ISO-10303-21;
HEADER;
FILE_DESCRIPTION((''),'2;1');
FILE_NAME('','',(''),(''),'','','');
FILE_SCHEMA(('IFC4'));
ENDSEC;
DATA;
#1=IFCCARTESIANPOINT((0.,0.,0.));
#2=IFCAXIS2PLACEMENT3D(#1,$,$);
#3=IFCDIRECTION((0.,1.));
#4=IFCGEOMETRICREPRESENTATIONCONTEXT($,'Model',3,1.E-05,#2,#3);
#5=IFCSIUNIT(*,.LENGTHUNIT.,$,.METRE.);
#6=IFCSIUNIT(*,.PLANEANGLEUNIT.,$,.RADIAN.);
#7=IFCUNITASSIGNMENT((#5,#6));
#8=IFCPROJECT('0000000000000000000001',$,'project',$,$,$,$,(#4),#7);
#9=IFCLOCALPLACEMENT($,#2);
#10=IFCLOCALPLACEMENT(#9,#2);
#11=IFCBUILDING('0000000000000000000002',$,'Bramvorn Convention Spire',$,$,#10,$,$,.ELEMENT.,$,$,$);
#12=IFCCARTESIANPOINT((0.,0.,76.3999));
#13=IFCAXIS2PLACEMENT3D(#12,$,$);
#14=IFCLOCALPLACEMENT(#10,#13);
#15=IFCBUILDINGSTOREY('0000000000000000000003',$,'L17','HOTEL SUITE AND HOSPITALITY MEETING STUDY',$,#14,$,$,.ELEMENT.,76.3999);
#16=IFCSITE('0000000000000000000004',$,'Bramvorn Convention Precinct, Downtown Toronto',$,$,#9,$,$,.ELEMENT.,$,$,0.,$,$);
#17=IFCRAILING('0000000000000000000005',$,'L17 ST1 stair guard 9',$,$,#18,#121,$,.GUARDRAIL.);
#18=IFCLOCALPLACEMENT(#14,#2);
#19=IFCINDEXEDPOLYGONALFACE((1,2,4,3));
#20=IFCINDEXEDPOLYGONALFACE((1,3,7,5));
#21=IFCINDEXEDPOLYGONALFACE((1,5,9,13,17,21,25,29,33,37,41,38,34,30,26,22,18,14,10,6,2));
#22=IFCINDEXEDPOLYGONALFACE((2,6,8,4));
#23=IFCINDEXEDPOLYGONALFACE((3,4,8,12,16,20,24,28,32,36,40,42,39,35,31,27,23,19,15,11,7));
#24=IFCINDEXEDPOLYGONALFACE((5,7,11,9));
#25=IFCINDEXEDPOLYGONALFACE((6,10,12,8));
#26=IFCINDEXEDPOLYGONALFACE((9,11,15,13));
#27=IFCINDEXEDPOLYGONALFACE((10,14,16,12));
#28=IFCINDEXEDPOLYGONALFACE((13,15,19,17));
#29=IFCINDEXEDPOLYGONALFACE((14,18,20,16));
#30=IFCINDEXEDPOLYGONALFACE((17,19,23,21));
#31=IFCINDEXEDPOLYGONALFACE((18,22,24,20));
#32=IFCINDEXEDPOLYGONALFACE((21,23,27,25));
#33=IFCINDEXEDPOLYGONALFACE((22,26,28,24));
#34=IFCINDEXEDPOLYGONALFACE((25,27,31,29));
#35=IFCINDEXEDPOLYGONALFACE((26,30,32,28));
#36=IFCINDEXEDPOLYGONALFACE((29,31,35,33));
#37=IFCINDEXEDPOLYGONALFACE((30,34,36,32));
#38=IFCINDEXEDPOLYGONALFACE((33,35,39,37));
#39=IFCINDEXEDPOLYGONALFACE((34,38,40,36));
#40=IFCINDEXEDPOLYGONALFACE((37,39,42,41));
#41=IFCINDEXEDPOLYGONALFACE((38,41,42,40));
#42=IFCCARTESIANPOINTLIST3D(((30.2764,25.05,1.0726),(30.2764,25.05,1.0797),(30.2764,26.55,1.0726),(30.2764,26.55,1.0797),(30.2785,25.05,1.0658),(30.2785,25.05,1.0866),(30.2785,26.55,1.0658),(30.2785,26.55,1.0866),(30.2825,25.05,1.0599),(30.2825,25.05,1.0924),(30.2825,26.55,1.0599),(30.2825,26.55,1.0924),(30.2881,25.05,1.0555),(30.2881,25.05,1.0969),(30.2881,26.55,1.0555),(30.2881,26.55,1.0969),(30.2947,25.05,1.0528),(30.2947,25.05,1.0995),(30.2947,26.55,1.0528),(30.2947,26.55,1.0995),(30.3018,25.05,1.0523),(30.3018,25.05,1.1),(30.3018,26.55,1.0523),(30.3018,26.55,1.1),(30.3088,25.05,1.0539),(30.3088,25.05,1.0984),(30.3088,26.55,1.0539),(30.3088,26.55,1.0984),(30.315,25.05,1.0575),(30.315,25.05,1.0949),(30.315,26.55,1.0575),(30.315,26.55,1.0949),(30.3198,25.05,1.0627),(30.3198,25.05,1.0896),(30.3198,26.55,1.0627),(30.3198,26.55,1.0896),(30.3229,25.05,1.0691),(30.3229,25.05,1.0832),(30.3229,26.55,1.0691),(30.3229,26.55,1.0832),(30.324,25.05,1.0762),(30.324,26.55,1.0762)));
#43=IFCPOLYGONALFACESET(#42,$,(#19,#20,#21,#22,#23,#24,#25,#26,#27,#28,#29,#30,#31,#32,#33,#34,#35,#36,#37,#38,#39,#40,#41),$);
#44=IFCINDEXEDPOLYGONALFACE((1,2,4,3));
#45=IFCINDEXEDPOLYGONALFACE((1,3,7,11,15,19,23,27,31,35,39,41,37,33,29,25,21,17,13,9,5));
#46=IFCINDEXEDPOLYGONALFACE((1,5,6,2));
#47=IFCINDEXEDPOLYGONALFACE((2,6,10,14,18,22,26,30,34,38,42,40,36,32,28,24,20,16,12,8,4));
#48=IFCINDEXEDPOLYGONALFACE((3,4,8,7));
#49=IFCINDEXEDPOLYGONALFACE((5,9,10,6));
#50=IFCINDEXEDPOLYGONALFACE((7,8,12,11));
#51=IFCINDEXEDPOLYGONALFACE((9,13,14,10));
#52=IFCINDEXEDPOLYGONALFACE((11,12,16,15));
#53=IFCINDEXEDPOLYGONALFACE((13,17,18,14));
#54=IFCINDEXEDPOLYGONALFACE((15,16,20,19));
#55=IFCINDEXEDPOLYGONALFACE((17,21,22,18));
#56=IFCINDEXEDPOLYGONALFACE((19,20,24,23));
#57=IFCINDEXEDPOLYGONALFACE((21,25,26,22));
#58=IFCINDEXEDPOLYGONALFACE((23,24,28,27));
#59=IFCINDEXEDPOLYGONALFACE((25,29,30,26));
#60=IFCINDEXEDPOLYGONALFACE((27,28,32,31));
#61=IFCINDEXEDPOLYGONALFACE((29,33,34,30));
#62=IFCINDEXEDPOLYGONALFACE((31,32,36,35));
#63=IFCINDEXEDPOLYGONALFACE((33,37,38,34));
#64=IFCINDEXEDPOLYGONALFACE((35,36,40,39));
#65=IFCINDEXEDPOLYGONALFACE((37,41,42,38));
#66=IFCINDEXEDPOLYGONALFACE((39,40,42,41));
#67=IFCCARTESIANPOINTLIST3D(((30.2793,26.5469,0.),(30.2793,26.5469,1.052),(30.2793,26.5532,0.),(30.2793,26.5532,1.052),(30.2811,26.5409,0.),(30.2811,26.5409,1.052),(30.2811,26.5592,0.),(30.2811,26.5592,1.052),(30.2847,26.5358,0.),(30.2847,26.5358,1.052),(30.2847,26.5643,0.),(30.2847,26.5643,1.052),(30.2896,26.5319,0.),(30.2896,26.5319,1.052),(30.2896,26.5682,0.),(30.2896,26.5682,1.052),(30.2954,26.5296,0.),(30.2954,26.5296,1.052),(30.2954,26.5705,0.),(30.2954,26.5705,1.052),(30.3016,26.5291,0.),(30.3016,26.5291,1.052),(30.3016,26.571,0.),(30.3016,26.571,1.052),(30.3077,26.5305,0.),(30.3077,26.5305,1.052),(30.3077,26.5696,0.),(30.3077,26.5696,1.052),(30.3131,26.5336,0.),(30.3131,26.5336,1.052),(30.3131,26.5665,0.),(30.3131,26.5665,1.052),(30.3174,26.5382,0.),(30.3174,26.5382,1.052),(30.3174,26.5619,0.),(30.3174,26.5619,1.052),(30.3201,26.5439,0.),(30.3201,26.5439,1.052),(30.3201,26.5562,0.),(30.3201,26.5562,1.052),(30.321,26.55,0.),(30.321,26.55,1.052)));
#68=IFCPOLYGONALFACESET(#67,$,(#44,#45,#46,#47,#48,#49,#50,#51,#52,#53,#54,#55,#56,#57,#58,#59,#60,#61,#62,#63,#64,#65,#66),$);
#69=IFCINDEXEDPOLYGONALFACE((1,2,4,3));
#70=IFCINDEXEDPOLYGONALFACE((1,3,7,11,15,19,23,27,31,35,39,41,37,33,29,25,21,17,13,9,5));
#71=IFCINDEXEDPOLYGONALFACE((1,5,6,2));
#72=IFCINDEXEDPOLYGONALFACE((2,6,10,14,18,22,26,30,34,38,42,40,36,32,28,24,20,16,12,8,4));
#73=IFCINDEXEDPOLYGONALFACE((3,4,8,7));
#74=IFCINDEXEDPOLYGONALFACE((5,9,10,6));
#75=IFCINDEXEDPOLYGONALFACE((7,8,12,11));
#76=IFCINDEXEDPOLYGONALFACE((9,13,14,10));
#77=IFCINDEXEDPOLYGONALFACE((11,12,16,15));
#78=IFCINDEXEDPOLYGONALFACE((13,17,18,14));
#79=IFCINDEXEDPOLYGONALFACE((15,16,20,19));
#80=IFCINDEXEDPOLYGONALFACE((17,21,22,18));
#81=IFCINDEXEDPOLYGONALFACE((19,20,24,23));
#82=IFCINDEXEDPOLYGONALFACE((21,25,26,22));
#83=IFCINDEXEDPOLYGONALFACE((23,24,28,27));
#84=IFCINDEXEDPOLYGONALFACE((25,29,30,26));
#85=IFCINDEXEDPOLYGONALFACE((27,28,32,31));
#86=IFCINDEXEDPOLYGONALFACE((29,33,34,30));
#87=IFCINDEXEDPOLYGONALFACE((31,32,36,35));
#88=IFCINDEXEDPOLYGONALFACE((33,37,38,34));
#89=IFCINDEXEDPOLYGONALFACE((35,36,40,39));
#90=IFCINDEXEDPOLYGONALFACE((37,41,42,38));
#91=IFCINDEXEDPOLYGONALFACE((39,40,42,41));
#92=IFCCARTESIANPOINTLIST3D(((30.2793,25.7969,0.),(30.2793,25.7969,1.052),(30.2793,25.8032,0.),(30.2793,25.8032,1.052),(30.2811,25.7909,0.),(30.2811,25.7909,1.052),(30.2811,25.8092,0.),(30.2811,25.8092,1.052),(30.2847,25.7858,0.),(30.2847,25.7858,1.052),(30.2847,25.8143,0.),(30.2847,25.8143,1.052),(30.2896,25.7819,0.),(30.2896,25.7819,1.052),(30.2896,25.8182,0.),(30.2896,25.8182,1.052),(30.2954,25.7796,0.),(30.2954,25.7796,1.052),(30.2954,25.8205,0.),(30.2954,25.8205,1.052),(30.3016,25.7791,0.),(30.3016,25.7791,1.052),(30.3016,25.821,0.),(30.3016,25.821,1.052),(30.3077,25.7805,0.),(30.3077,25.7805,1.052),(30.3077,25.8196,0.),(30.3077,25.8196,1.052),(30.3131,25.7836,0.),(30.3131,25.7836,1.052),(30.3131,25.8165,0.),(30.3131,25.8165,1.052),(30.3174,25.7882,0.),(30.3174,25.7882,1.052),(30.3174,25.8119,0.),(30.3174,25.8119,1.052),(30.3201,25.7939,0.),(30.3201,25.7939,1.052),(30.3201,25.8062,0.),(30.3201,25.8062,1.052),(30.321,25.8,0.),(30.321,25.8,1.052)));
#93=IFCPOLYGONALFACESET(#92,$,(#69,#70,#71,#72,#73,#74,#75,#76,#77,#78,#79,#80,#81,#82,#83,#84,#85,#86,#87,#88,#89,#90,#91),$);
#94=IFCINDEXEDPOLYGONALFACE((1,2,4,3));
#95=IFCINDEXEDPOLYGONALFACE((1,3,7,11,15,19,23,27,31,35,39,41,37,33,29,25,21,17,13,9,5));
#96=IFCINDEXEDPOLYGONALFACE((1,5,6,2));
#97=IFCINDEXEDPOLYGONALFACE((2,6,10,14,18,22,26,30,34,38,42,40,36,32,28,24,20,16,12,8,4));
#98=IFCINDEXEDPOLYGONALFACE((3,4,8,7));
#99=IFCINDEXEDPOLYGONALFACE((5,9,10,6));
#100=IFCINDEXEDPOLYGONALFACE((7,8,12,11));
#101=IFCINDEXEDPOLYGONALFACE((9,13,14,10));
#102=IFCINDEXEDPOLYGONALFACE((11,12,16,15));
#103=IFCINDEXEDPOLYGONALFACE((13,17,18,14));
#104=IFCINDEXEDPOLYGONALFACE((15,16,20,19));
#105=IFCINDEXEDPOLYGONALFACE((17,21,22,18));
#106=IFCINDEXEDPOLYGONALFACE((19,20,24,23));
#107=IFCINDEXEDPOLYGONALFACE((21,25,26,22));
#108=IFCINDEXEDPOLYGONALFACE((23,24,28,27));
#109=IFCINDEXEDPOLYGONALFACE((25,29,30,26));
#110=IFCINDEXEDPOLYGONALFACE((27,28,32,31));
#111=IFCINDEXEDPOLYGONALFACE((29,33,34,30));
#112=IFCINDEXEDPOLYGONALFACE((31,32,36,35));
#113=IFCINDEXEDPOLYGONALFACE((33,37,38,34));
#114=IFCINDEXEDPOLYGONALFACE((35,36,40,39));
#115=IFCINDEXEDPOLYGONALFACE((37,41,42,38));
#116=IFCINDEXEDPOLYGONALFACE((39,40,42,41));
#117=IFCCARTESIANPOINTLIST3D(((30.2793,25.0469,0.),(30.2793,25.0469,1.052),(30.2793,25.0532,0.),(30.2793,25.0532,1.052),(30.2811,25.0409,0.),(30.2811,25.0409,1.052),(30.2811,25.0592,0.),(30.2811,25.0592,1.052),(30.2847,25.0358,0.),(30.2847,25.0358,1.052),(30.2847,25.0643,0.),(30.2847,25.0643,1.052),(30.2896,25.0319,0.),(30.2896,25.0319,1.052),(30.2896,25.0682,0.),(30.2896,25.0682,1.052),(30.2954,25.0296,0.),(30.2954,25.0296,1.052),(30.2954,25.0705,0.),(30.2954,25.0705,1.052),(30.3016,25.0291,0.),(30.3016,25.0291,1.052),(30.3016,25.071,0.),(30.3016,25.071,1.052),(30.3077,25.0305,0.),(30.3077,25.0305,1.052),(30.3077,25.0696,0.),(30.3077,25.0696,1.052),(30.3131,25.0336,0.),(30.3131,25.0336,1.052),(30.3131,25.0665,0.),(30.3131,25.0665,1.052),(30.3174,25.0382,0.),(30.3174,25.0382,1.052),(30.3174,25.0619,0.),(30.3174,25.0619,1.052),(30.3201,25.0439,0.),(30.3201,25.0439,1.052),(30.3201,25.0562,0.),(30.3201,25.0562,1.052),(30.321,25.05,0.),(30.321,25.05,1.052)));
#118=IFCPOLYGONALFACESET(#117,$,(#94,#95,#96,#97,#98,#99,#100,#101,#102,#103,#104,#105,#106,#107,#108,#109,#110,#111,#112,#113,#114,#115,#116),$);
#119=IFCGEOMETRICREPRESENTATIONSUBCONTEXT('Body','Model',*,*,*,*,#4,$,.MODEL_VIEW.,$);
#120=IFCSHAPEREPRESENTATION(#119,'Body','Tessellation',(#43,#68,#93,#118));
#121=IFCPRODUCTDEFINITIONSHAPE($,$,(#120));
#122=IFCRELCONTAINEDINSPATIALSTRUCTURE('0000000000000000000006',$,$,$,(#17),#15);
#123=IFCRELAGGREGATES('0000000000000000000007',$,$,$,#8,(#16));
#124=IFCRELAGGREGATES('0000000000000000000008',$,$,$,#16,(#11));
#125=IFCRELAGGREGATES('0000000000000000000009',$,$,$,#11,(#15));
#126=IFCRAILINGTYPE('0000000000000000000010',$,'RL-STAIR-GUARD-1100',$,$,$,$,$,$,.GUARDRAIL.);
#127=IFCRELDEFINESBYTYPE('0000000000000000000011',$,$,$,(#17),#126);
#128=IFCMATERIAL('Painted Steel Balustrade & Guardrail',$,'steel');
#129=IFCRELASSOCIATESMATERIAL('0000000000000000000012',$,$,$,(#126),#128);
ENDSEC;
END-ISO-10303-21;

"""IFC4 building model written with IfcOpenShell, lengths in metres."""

from ifc_helpers import new_model, si_unit, direction, frame, origin, origin_2d, place, context, subcontext, project, spatial, circle, extrude, material, type_object, element, save


model = new_model("IFC4")

# Units and contexts
model_context = context("Model", 3, precision=1e-05, world=origin(), true_north=direction((0.0, 1.0)))
body_context = subcontext(model_context, "Body", "Model", "MODEL_VIEW")
ifc_project = project(units=[si_unit("LENGTHUNIT", "METRE"), si_unit("PLANEANGLEUNIT", "RADIAN")], contexts=[model_context])

# Site, building, storey
site_placement = place(None, origin())
site = spatial("IfcSite", under=ifc_project, at=site_placement, Name="Bramvorn Convention Precinct, Downtown Toronto", CompositionType="ELEMENT", RefElevation=0.0)
building_placement = place(site_placement, origin())
building = spatial("IfcBuilding", under=site, at=building_placement, Name="Bramvorn Convention Spire", CompositionType="ELEMENT")
storey_placement = place(building_placement, frame((0.0, 0.0, 76.3999)))
storey = spatial("IfcBuildingStorey", under=building, at=storey_placement, Name="L17", Description="HOTEL SUITE AND HOSPITALITY MEETING STUDY", CompositionType="ELEMENT", Elevation=76.3999)

# Railing
ifc_material_1 = material(Name="Painted Steel Balustrade & Guardrail", Category="steel")
railing_type = type_object("IfcRailingType", Name="RL-STAIR-GUARD-1100", PredefinedType="GUARDRAIL", material=ifc_material_1)
for number, where, name in (
    (1, (30.3, 26.55, 0.0), "L17 ST1 stair guard 9"),
):
    element("IfcRailing", number, at=place(storey_placement, frame(where)), inside=storey, type_object=railing_type, Name=name, PredefinedType="GUARDRAIL", context=body_context, shape_type="SweptSolid", body=[
        extrude(circle(Radius=0.0239, at=origin_2d()), frame((0.0, 0.0, 1.0762), z_axis=(0.0, -1.0, 0.0), x_axis=(1.0, 0.0, 0.0)), (0.0, 0.0, 1.0), 1.5),
        extrude(circle(Radius=0.021, at=origin_2d()), origin(), (0.0, 0.0, 1.0), 1.052),
        extrude(circle(Radius=0.021, at=origin_2d()), frame((0.0, -0.75, 0.0)), (0.0, 0.0, 1.0), 1.052),
        extrude(circle(Radius=0.021, at=origin_2d()), frame((0.0, -1.5, 0.0)), (0.0, 0.0, 1.0), 1.052),
    ])

save(model, "model.ifc")
